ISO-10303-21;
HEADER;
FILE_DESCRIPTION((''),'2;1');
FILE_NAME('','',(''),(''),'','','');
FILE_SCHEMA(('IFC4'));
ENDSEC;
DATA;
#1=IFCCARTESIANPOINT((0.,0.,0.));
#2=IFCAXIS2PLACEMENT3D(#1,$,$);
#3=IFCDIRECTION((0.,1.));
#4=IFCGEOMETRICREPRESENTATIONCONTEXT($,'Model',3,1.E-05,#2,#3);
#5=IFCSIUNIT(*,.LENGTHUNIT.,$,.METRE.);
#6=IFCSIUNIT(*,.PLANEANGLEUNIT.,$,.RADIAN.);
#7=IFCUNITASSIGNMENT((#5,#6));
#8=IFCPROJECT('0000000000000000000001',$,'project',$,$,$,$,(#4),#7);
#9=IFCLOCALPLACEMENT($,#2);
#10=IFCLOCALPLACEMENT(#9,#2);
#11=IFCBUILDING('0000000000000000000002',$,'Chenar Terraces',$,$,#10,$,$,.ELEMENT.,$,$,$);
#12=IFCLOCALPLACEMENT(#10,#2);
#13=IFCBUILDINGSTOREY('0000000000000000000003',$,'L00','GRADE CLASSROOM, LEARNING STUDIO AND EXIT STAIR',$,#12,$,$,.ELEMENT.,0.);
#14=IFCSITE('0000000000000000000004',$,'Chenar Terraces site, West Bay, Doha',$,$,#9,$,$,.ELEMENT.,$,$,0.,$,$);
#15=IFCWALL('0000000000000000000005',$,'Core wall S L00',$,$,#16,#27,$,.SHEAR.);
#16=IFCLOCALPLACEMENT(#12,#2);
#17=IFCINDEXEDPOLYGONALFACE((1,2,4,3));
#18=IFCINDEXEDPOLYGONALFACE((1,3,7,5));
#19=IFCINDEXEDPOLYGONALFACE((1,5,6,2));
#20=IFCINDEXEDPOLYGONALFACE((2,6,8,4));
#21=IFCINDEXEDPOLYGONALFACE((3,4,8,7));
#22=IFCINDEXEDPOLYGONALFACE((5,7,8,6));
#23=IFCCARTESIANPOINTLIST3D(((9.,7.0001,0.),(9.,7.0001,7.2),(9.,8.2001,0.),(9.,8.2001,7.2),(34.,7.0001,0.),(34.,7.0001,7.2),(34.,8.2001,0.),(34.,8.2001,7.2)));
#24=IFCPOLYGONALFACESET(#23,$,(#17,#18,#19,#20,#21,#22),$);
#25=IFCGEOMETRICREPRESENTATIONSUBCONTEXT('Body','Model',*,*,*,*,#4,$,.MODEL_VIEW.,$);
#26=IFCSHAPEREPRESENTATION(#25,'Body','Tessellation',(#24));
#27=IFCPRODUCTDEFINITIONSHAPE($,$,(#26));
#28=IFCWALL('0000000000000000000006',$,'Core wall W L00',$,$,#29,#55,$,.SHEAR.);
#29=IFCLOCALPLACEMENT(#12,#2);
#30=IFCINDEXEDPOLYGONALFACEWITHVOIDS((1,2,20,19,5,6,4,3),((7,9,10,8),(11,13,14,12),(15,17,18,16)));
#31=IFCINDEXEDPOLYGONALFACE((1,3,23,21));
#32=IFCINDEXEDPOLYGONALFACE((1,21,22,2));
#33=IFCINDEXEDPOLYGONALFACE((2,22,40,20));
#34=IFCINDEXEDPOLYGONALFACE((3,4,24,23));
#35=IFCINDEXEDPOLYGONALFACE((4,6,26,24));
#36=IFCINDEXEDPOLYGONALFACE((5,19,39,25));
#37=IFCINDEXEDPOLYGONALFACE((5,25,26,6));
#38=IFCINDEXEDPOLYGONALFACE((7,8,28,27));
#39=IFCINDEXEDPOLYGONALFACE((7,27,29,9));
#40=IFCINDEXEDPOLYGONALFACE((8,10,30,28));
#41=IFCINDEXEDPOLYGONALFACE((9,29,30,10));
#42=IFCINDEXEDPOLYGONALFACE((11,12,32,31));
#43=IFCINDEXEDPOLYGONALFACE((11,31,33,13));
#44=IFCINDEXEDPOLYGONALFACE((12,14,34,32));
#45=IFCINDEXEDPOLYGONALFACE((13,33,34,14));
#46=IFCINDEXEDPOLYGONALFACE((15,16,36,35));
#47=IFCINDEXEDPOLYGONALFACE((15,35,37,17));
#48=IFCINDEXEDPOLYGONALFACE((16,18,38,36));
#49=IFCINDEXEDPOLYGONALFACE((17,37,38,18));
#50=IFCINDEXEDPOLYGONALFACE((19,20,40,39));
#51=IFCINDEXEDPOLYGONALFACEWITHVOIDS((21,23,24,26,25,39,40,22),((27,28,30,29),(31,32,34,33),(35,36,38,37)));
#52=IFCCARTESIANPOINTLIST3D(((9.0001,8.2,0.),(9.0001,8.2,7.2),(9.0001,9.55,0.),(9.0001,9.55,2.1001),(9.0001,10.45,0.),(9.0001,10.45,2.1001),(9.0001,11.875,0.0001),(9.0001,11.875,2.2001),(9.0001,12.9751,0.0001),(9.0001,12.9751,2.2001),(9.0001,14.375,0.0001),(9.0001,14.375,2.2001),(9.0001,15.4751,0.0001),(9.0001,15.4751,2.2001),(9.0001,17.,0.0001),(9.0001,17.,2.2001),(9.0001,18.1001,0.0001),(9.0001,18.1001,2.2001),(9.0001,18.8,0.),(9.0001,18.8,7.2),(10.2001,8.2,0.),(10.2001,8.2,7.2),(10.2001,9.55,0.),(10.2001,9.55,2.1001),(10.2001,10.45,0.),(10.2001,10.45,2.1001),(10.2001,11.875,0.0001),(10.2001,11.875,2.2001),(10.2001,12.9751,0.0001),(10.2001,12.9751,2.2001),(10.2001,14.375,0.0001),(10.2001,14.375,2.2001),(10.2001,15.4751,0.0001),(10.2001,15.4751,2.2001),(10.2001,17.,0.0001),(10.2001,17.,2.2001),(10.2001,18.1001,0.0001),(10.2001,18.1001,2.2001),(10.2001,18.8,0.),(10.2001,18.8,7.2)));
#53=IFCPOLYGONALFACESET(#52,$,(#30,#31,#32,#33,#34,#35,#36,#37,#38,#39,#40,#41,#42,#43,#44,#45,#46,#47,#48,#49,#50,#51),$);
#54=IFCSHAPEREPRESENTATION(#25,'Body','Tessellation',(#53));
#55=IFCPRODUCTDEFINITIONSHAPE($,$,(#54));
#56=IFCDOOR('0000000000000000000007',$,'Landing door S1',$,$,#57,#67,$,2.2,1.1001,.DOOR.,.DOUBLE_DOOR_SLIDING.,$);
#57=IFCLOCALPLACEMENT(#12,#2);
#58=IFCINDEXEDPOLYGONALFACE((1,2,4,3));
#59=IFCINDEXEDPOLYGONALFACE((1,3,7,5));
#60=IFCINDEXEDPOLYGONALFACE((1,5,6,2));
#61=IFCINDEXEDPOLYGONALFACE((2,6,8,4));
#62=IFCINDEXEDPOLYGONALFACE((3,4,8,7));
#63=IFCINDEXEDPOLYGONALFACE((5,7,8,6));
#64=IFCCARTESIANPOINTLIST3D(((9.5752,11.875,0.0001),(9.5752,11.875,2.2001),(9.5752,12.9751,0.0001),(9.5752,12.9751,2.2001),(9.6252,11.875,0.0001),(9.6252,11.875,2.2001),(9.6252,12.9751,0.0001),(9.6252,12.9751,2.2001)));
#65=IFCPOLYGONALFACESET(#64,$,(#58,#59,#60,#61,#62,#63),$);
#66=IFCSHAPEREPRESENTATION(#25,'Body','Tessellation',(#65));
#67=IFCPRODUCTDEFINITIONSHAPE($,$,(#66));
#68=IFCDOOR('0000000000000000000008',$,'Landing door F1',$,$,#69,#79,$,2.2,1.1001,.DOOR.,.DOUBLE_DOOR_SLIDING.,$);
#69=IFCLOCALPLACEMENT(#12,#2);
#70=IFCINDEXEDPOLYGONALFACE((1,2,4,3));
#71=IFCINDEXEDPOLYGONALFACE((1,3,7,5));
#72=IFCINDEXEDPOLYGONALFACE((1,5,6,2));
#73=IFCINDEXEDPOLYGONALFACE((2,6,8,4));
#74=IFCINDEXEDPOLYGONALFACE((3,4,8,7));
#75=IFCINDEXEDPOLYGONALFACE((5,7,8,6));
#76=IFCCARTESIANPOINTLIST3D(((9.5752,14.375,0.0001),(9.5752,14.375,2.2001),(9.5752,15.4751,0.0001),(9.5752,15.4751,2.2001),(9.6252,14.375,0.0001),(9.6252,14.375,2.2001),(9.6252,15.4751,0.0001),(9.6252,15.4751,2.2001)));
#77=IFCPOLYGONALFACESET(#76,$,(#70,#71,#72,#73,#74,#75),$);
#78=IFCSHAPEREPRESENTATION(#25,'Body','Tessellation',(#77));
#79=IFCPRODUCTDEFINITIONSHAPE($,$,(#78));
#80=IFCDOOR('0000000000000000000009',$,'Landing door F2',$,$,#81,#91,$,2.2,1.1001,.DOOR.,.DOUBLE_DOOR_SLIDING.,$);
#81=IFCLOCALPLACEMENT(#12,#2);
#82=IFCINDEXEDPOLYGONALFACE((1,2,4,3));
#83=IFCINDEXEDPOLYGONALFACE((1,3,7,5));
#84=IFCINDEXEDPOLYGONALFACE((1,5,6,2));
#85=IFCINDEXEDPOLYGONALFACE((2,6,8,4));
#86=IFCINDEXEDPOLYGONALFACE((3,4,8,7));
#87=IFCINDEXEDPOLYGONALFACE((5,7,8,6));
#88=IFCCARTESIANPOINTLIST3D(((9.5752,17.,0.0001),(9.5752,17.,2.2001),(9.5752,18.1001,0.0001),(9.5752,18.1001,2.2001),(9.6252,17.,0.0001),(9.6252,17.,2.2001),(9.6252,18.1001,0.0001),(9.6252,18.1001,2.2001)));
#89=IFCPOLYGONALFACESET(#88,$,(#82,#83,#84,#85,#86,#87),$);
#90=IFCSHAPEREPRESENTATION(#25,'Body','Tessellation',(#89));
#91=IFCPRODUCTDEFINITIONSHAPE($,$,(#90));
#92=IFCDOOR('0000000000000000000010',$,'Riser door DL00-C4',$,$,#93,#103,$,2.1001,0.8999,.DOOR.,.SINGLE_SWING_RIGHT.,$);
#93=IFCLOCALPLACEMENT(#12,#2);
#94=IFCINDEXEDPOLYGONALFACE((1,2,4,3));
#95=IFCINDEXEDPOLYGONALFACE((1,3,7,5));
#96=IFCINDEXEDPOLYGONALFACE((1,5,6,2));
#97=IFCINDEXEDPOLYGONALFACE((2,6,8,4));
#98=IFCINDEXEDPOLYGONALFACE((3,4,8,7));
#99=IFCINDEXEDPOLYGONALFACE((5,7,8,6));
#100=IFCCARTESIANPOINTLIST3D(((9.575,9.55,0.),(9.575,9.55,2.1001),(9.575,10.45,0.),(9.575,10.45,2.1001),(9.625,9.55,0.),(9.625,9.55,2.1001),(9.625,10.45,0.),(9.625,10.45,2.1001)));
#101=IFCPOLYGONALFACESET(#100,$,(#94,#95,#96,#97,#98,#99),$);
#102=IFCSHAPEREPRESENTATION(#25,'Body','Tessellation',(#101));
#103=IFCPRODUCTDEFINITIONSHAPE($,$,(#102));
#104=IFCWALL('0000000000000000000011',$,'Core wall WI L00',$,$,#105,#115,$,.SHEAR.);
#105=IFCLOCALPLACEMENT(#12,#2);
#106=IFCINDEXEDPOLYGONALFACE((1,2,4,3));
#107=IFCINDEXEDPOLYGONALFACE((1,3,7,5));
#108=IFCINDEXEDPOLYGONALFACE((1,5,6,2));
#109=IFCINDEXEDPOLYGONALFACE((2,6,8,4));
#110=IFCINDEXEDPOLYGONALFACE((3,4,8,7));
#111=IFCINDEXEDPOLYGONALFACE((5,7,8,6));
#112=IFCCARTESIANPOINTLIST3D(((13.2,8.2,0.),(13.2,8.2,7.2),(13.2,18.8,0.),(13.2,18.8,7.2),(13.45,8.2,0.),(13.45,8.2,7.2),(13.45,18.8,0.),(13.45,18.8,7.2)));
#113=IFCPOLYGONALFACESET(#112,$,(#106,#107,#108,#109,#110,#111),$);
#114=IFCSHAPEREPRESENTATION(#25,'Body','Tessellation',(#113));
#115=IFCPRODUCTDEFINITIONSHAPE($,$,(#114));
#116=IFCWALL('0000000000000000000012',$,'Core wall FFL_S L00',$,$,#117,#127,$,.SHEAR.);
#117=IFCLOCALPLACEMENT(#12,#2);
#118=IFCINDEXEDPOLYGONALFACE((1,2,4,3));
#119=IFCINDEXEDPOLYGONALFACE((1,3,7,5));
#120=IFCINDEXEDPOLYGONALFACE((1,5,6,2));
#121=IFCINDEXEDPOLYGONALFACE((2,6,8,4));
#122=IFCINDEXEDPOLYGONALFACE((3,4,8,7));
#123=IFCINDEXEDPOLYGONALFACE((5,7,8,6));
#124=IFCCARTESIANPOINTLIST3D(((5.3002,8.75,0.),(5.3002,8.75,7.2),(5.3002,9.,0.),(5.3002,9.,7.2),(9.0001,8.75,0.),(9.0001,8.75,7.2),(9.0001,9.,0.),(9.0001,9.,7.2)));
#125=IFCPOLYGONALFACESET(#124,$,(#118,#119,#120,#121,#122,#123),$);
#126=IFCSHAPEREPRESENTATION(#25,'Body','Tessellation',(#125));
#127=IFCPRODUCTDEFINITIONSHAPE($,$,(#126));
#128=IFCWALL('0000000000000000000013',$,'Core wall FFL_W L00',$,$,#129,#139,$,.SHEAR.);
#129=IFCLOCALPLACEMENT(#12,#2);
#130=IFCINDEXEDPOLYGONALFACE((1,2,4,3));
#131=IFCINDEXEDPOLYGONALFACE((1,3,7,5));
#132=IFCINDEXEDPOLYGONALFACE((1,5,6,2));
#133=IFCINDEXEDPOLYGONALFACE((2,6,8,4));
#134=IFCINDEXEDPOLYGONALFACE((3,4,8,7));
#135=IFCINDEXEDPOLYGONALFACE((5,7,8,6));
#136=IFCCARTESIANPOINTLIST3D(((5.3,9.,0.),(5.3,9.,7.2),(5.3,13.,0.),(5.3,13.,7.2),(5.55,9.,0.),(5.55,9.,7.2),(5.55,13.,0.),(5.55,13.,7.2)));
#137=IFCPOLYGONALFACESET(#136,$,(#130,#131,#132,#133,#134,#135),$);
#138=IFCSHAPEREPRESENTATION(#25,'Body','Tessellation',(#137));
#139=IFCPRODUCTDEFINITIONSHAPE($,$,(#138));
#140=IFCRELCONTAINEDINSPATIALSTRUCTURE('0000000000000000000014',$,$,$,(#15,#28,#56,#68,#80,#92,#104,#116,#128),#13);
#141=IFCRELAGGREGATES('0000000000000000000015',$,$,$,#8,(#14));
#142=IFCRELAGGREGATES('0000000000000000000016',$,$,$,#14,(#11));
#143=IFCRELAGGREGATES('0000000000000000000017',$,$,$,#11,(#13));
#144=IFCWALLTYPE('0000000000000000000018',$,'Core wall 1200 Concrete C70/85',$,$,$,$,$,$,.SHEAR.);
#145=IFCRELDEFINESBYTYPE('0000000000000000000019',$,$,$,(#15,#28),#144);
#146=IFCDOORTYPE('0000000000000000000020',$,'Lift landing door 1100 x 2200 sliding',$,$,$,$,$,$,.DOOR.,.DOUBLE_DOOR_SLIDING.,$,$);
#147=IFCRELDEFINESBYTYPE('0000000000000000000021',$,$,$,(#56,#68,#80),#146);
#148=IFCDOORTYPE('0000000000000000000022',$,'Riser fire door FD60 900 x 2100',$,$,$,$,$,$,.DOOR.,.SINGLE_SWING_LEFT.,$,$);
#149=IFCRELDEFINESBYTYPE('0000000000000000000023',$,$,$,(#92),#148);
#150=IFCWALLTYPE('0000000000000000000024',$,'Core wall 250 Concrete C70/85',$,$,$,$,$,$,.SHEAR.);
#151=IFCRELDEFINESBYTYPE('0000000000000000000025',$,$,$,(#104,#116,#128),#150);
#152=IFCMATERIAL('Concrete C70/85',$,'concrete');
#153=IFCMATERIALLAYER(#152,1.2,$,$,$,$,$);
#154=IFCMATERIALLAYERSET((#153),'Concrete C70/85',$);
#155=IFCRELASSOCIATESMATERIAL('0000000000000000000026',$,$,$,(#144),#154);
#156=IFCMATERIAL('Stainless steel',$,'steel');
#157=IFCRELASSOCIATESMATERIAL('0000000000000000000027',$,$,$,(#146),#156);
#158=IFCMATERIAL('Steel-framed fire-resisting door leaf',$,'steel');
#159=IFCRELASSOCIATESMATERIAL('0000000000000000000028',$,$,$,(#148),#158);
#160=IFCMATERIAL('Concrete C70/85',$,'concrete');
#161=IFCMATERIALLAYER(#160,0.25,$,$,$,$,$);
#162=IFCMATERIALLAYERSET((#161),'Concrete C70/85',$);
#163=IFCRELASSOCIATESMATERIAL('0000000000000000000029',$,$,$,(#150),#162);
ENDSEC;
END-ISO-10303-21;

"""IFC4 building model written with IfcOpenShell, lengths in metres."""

from ifc_helpers import new_model, si_unit, direction, frame, frame_2d, origin, place, context, subcontext, project, spatial, rectangle, extrude, material, layer, layer_set, type_object, element, fill, save


model = new_model("IFC4")

# Units and contexts
model_context = context("Model", 3, precision=1e-05, world=origin(), true_north=direction((0.0, 1.0)))
body_context = subcontext(model_context, "Body", "Model", "MODEL_VIEW")
ifc_project = project(units=[si_unit("LENGTHUNIT", "METRE"), si_unit("PLANEANGLEUNIT", "RADIAN")], contexts=[model_context])

# Site, building, storey
site_placement = place(None, origin())
site = spatial("IfcSite", under=ifc_project, at=site_placement, Name="Chenar Terraces site, West Bay, Doha", CompositionType="ELEMENT", RefElevation=0.0)
building_placement = place(site_placement, origin())
building = spatial("IfcBuilding", under=site, at=building_placement, Name="Chenar Terraces", CompositionType="ELEMENT")
storey_placement = place(building_placement, origin())
storey = spatial("IfcBuildingStorey", under=building, at=storey_placement, Name="L00", Description="GRADE CLASSROOM, LEARNING STUDIO AND EXIT STAIR", CompositionType="ELEMENT", Elevation=0.0)

# Wall
ifc_material_1 = material(Name="Concrete C70/85", Category="concrete")
ifc_layer_1 = layer(ifc_material_1, 1.2)
ifc_layer_set_1 = layer_set([ifc_layer_1], Name="Concrete C70/85")
wall_type_1 = type_object("IfcWallType", Name="Core wall 1200 Concrete C70/85", PredefinedType="SHEAR", material=ifc_layer_set_1)
wall_1_placement = place(storey_placement, frame((9.0, 7.6001, 0.0), z_axis=(0.0, 0.0, 1.0), x_axis=(1.0, 0.0, 0.0)))
element("IfcWall", 1, at=wall_1_placement, inside=storey, type_object=wall_type_1, Name="Core wall S L00", PredefinedType="SHEAR", context=body_context, shape_type="SweptSolid", body=[
    extrude(rectangle(XDim=25.0, YDim=1.2, at=frame_2d((12.5, 0.0))), origin(), (0.0, 0.0, 1.0), 7.2),
])

# Wall, openings, doors
wall_2_placement = place(storey_placement, frame((9.6001, 8.2, 0.0), z_axis=(0.0, 0.0, 1.0), x_axis=(0.0, 1.0, 0.0)))
wall_2 = element("IfcWall", 2, at=wall_2_placement, inside=storey, type_object=wall_type_1, Name="Core wall W L00", PredefinedType="SHEAR", context=body_context, shape_type="SweptSolid", body=[
    extrude(rectangle(XDim=10.6001, YDim=1.2, at=frame_2d((5.3, 0.0))), origin(), (0.0, 0.0, 1.0), 7.2),
])
opening_1_placement = place(wall_2_placement, frame((3.675, 0.0, 0.0)))
opening_1 = element("IfcOpeningElement", 3, at=opening_1_placement, cuts=wall_2, PredefinedType="OPENING", context=body_context, shape_type="SweptSolid", body=[
    extrude(rectangle(XDim=1.1001, YDim=2.2, at=frame_2d((0.55, 1.1001))), frame((0.0, 0.6099, 0.0), z_axis=(0.0, -1.0, 0.0), x_axis=(1.0, 0.0, 0.0)), (0.0, 0.0, 1.0), 1.22),
])
opening_2_placement = place(wall_2_placement, frame((6.175, 0.0, 0.0)))
opening_2 = element("IfcOpeningElement", 4, at=opening_2_placement, cuts=wall_2, PredefinedType="OPENING", context=body_context, shape_type="SweptSolid", body=[
    extrude(rectangle(XDim=1.1001, YDim=2.2, at=frame_2d((0.55, 1.1001))), frame((0.0, 0.6099, 0.0), z_axis=(0.0, -1.0, 0.0), x_axis=(1.0, 0.0, 0.0)), (0.0, 0.0, 1.0), 1.22),
])
opening_3_placement = place(wall_2_placement, frame((8.8, 0.0, 0.0)))
opening_3 = element("IfcOpeningElement", 5, at=opening_3_placement, cuts=wall_2, PredefinedType="OPENING", context=body_context, shape_type="SweptSolid", body=[
    extrude(rectangle(XDim=1.1001, YDim=2.2, at=frame_2d((0.55, 1.1001))), frame((0.0, 0.6099, 0.0), z_axis=(0.0, -1.0, 0.0), x_axis=(1.0, 0.0, 0.0)), (0.0, 0.0, 1.0), 1.22),
])
opening_4_placement = place(wall_2_placement, frame((1.3501, 0.0, 0.0)))
opening_4 = element("IfcOpeningElement", 6, at=opening_4_placement, cuts=wall_2, PredefinedType="OPENING", context=body_context, shape_type="SweptSolid", body=[
    extrude(rectangle(XDim=0.8999, YDim=2.1001, at=frame_2d((0.45, 1.05))), frame((0.0, 0.6099, 0.0), z_axis=(0.0, -1.0, 0.0), x_axis=(1.0, 0.0, 0.0)), (0.0, 0.0, 1.0), 1.22),
])
ifc_material_2 = material(Name="Stainless steel", Category="steel")
door_type_1 = type_object("IfcDoorType", Name="Lift landing door 1100 x 2200 sliding", OperationType="DOUBLE_DOOR_SLIDING", PredefinedType="DOOR", material=ifc_material_2)
door_1_placement = place(opening_1_placement, origin())
door_1 = element("IfcDoor", 7, at=door_1_placement, inside=storey, type_object=door_type_1, Name="Landing door S1", OperationType="DOUBLE_DOOR_SLIDING", OverallHeight=2.2, OverallWidth=1.1001, PredefinedType="DOOR", context=body_context, shape_type="SweptSolid", body=[
    extrude(rectangle(XDim=1.1001, YDim=2.2, at=frame_2d((0.55, 1.1001))), frame((0.0, 0.0249, 0.0), z_axis=(0.0, -1.0, 0.0), x_axis=(1.0, 0.0, 0.0)), (0.0, 0.0, 1.0), 0.05),
])
fill(opening_1, door_1)
door_2_placement = place(opening_2_placement, origin())
door_2 = element("IfcDoor", 8, at=door_2_placement, inside=storey, type_object=door_type_1, Name="Landing door F1", OperationType="DOUBLE_DOOR_SLIDING", OverallHeight=2.2, OverallWidth=1.1001, PredefinedType="DOOR", context=body_context, shape_type="SweptSolid", body=[
    extrude(rectangle(XDim=1.1001, YDim=2.2, at=frame_2d((0.55, 1.1001))), frame((0.0, 0.0249, 0.0), z_axis=(0.0, -1.0, 0.0), x_axis=(1.0, 0.0, 0.0)), (0.0, 0.0, 1.0), 0.05),
])
fill(opening_2, door_2)
door_3_placement = place(opening_3_placement, origin())
door_3 = element("IfcDoor", 9, at=door_3_placement, inside=storey, type_object=door_type_1, Name="Landing door F2", OperationType="DOUBLE_DOOR_SLIDING", OverallHeight=2.2, OverallWidth=1.1001, PredefinedType="DOOR", context=body_context, shape_type="SweptSolid", body=[
    extrude(rectangle(XDim=1.1001, YDim=2.2, at=frame_2d((0.55, 1.1001))), frame((0.0, 0.0249, 0.0), z_axis=(0.0, -1.0, 0.0), x_axis=(1.0, 0.0, 0.0)), (0.0, 0.0, 1.0), 0.05),
])
fill(opening_3, door_3)
ifc_material_3 = material(Name="Steel-framed fire-resisting door leaf", Category="steel")
door_type_2 = type_object("IfcDoorType", Name="Riser fire door FD60 900 x 2100", OperationType="SINGLE_SWING_LEFT", PredefinedType="DOOR", material=ifc_material_3)
door_4_placement = place(opening_4_placement, frame((0.8999, 0.0, 0.0), z_axis=(0.0, 0.0, 1.0), x_axis=(-1.0, 0.0, 0.0)))
door_4 = element("IfcDoor", 10, at=door_4_placement, inside=storey, type_object=door_type_2, Name="Riser door DL00-C4", OperationType="SINGLE_SWING_RIGHT", OverallHeight=2.1001, OverallWidth=0.8999, PredefinedType="DOOR", context=body_context, shape_type="SweptSolid", body=[
    extrude(rectangle(XDim=0.8999, YDim=2.1001, at=frame_2d((0.45, 1.05))), frame((0.0, 0.0249, 0.0), z_axis=(0.0, -1.0, 0.0), x_axis=(1.0, 0.0, 0.0)), (0.0, 0.0, 1.0), 0.05),
])
fill(opening_4, door_4)

# Walls
ifc_material_4 = material(Name="Concrete C70/85", Category="concrete")
ifc_layer_2 = layer(ifc_material_4, 0.25)
ifc_layer_set_2 = layer_set([ifc_layer_2], Name="Concrete C70/85")
wall_type_2 = type_object("IfcWallType", Name="Core wall 250 Concrete C70/85", PredefinedType="SHEAR", material=ifc_layer_set_2)
wall_3_placement = place(storey_placement, frame((13.325, 8.2, 0.0), z_axis=(0.0, 0.0, 1.0), x_axis=(0.0, 1.0, 0.0)))
element("IfcWall", 11, at=wall_3_placement, inside=storey, type_object=wall_type_2, Name="Core wall WI L00", PredefinedType="SHEAR", context=body_context, shape_type="SweptSolid", body=[
    extrude(rectangle(XDim=10.6001, YDim=0.25, at=frame_2d((5.3, 0.0))), origin(), (0.0, 0.0, 1.0), 7.2),
])
wall_4_placement = place(storey_placement, frame((5.3, 8.875, 0.0), z_axis=(0.0, 0.0, 1.0), x_axis=(1.0, 0.0, 0.0)))
element("IfcWall", 12, at=wall_4_placement, inside=storey, type_object=wall_type_2, Name="Core wall FFL_S L00", PredefinedType="SHEAR", context=body_context, shape_type="SweptSolid", body=[
    extrude(rectangle(XDim=3.7, YDim=0.25, at=frame_2d((1.8501, 0.0))), origin(), (0.0, 0.0, 1.0), 7.2),
])
wall_5_placement = place(storey_placement, frame((5.425, 9.0, 0.0), z_axis=(0.0, 0.0, 1.0), x_axis=(0.0, 1.0, 0.0)))
element("IfcWall", 13, at=wall_5_placement, inside=storey, type_object=wall_type_2, Name="Core wall FFL_W L00", PredefinedType="SHEAR", context=body_context, shape_type="SweptSolid", body=[
    extrude(rectangle(XDim=4.0, YDim=0.25, at=frame_2d((2.0, 0.0))), origin(), (0.0, 0.0, 1.0), 7.2),
])

save(model, "model.ifc")
